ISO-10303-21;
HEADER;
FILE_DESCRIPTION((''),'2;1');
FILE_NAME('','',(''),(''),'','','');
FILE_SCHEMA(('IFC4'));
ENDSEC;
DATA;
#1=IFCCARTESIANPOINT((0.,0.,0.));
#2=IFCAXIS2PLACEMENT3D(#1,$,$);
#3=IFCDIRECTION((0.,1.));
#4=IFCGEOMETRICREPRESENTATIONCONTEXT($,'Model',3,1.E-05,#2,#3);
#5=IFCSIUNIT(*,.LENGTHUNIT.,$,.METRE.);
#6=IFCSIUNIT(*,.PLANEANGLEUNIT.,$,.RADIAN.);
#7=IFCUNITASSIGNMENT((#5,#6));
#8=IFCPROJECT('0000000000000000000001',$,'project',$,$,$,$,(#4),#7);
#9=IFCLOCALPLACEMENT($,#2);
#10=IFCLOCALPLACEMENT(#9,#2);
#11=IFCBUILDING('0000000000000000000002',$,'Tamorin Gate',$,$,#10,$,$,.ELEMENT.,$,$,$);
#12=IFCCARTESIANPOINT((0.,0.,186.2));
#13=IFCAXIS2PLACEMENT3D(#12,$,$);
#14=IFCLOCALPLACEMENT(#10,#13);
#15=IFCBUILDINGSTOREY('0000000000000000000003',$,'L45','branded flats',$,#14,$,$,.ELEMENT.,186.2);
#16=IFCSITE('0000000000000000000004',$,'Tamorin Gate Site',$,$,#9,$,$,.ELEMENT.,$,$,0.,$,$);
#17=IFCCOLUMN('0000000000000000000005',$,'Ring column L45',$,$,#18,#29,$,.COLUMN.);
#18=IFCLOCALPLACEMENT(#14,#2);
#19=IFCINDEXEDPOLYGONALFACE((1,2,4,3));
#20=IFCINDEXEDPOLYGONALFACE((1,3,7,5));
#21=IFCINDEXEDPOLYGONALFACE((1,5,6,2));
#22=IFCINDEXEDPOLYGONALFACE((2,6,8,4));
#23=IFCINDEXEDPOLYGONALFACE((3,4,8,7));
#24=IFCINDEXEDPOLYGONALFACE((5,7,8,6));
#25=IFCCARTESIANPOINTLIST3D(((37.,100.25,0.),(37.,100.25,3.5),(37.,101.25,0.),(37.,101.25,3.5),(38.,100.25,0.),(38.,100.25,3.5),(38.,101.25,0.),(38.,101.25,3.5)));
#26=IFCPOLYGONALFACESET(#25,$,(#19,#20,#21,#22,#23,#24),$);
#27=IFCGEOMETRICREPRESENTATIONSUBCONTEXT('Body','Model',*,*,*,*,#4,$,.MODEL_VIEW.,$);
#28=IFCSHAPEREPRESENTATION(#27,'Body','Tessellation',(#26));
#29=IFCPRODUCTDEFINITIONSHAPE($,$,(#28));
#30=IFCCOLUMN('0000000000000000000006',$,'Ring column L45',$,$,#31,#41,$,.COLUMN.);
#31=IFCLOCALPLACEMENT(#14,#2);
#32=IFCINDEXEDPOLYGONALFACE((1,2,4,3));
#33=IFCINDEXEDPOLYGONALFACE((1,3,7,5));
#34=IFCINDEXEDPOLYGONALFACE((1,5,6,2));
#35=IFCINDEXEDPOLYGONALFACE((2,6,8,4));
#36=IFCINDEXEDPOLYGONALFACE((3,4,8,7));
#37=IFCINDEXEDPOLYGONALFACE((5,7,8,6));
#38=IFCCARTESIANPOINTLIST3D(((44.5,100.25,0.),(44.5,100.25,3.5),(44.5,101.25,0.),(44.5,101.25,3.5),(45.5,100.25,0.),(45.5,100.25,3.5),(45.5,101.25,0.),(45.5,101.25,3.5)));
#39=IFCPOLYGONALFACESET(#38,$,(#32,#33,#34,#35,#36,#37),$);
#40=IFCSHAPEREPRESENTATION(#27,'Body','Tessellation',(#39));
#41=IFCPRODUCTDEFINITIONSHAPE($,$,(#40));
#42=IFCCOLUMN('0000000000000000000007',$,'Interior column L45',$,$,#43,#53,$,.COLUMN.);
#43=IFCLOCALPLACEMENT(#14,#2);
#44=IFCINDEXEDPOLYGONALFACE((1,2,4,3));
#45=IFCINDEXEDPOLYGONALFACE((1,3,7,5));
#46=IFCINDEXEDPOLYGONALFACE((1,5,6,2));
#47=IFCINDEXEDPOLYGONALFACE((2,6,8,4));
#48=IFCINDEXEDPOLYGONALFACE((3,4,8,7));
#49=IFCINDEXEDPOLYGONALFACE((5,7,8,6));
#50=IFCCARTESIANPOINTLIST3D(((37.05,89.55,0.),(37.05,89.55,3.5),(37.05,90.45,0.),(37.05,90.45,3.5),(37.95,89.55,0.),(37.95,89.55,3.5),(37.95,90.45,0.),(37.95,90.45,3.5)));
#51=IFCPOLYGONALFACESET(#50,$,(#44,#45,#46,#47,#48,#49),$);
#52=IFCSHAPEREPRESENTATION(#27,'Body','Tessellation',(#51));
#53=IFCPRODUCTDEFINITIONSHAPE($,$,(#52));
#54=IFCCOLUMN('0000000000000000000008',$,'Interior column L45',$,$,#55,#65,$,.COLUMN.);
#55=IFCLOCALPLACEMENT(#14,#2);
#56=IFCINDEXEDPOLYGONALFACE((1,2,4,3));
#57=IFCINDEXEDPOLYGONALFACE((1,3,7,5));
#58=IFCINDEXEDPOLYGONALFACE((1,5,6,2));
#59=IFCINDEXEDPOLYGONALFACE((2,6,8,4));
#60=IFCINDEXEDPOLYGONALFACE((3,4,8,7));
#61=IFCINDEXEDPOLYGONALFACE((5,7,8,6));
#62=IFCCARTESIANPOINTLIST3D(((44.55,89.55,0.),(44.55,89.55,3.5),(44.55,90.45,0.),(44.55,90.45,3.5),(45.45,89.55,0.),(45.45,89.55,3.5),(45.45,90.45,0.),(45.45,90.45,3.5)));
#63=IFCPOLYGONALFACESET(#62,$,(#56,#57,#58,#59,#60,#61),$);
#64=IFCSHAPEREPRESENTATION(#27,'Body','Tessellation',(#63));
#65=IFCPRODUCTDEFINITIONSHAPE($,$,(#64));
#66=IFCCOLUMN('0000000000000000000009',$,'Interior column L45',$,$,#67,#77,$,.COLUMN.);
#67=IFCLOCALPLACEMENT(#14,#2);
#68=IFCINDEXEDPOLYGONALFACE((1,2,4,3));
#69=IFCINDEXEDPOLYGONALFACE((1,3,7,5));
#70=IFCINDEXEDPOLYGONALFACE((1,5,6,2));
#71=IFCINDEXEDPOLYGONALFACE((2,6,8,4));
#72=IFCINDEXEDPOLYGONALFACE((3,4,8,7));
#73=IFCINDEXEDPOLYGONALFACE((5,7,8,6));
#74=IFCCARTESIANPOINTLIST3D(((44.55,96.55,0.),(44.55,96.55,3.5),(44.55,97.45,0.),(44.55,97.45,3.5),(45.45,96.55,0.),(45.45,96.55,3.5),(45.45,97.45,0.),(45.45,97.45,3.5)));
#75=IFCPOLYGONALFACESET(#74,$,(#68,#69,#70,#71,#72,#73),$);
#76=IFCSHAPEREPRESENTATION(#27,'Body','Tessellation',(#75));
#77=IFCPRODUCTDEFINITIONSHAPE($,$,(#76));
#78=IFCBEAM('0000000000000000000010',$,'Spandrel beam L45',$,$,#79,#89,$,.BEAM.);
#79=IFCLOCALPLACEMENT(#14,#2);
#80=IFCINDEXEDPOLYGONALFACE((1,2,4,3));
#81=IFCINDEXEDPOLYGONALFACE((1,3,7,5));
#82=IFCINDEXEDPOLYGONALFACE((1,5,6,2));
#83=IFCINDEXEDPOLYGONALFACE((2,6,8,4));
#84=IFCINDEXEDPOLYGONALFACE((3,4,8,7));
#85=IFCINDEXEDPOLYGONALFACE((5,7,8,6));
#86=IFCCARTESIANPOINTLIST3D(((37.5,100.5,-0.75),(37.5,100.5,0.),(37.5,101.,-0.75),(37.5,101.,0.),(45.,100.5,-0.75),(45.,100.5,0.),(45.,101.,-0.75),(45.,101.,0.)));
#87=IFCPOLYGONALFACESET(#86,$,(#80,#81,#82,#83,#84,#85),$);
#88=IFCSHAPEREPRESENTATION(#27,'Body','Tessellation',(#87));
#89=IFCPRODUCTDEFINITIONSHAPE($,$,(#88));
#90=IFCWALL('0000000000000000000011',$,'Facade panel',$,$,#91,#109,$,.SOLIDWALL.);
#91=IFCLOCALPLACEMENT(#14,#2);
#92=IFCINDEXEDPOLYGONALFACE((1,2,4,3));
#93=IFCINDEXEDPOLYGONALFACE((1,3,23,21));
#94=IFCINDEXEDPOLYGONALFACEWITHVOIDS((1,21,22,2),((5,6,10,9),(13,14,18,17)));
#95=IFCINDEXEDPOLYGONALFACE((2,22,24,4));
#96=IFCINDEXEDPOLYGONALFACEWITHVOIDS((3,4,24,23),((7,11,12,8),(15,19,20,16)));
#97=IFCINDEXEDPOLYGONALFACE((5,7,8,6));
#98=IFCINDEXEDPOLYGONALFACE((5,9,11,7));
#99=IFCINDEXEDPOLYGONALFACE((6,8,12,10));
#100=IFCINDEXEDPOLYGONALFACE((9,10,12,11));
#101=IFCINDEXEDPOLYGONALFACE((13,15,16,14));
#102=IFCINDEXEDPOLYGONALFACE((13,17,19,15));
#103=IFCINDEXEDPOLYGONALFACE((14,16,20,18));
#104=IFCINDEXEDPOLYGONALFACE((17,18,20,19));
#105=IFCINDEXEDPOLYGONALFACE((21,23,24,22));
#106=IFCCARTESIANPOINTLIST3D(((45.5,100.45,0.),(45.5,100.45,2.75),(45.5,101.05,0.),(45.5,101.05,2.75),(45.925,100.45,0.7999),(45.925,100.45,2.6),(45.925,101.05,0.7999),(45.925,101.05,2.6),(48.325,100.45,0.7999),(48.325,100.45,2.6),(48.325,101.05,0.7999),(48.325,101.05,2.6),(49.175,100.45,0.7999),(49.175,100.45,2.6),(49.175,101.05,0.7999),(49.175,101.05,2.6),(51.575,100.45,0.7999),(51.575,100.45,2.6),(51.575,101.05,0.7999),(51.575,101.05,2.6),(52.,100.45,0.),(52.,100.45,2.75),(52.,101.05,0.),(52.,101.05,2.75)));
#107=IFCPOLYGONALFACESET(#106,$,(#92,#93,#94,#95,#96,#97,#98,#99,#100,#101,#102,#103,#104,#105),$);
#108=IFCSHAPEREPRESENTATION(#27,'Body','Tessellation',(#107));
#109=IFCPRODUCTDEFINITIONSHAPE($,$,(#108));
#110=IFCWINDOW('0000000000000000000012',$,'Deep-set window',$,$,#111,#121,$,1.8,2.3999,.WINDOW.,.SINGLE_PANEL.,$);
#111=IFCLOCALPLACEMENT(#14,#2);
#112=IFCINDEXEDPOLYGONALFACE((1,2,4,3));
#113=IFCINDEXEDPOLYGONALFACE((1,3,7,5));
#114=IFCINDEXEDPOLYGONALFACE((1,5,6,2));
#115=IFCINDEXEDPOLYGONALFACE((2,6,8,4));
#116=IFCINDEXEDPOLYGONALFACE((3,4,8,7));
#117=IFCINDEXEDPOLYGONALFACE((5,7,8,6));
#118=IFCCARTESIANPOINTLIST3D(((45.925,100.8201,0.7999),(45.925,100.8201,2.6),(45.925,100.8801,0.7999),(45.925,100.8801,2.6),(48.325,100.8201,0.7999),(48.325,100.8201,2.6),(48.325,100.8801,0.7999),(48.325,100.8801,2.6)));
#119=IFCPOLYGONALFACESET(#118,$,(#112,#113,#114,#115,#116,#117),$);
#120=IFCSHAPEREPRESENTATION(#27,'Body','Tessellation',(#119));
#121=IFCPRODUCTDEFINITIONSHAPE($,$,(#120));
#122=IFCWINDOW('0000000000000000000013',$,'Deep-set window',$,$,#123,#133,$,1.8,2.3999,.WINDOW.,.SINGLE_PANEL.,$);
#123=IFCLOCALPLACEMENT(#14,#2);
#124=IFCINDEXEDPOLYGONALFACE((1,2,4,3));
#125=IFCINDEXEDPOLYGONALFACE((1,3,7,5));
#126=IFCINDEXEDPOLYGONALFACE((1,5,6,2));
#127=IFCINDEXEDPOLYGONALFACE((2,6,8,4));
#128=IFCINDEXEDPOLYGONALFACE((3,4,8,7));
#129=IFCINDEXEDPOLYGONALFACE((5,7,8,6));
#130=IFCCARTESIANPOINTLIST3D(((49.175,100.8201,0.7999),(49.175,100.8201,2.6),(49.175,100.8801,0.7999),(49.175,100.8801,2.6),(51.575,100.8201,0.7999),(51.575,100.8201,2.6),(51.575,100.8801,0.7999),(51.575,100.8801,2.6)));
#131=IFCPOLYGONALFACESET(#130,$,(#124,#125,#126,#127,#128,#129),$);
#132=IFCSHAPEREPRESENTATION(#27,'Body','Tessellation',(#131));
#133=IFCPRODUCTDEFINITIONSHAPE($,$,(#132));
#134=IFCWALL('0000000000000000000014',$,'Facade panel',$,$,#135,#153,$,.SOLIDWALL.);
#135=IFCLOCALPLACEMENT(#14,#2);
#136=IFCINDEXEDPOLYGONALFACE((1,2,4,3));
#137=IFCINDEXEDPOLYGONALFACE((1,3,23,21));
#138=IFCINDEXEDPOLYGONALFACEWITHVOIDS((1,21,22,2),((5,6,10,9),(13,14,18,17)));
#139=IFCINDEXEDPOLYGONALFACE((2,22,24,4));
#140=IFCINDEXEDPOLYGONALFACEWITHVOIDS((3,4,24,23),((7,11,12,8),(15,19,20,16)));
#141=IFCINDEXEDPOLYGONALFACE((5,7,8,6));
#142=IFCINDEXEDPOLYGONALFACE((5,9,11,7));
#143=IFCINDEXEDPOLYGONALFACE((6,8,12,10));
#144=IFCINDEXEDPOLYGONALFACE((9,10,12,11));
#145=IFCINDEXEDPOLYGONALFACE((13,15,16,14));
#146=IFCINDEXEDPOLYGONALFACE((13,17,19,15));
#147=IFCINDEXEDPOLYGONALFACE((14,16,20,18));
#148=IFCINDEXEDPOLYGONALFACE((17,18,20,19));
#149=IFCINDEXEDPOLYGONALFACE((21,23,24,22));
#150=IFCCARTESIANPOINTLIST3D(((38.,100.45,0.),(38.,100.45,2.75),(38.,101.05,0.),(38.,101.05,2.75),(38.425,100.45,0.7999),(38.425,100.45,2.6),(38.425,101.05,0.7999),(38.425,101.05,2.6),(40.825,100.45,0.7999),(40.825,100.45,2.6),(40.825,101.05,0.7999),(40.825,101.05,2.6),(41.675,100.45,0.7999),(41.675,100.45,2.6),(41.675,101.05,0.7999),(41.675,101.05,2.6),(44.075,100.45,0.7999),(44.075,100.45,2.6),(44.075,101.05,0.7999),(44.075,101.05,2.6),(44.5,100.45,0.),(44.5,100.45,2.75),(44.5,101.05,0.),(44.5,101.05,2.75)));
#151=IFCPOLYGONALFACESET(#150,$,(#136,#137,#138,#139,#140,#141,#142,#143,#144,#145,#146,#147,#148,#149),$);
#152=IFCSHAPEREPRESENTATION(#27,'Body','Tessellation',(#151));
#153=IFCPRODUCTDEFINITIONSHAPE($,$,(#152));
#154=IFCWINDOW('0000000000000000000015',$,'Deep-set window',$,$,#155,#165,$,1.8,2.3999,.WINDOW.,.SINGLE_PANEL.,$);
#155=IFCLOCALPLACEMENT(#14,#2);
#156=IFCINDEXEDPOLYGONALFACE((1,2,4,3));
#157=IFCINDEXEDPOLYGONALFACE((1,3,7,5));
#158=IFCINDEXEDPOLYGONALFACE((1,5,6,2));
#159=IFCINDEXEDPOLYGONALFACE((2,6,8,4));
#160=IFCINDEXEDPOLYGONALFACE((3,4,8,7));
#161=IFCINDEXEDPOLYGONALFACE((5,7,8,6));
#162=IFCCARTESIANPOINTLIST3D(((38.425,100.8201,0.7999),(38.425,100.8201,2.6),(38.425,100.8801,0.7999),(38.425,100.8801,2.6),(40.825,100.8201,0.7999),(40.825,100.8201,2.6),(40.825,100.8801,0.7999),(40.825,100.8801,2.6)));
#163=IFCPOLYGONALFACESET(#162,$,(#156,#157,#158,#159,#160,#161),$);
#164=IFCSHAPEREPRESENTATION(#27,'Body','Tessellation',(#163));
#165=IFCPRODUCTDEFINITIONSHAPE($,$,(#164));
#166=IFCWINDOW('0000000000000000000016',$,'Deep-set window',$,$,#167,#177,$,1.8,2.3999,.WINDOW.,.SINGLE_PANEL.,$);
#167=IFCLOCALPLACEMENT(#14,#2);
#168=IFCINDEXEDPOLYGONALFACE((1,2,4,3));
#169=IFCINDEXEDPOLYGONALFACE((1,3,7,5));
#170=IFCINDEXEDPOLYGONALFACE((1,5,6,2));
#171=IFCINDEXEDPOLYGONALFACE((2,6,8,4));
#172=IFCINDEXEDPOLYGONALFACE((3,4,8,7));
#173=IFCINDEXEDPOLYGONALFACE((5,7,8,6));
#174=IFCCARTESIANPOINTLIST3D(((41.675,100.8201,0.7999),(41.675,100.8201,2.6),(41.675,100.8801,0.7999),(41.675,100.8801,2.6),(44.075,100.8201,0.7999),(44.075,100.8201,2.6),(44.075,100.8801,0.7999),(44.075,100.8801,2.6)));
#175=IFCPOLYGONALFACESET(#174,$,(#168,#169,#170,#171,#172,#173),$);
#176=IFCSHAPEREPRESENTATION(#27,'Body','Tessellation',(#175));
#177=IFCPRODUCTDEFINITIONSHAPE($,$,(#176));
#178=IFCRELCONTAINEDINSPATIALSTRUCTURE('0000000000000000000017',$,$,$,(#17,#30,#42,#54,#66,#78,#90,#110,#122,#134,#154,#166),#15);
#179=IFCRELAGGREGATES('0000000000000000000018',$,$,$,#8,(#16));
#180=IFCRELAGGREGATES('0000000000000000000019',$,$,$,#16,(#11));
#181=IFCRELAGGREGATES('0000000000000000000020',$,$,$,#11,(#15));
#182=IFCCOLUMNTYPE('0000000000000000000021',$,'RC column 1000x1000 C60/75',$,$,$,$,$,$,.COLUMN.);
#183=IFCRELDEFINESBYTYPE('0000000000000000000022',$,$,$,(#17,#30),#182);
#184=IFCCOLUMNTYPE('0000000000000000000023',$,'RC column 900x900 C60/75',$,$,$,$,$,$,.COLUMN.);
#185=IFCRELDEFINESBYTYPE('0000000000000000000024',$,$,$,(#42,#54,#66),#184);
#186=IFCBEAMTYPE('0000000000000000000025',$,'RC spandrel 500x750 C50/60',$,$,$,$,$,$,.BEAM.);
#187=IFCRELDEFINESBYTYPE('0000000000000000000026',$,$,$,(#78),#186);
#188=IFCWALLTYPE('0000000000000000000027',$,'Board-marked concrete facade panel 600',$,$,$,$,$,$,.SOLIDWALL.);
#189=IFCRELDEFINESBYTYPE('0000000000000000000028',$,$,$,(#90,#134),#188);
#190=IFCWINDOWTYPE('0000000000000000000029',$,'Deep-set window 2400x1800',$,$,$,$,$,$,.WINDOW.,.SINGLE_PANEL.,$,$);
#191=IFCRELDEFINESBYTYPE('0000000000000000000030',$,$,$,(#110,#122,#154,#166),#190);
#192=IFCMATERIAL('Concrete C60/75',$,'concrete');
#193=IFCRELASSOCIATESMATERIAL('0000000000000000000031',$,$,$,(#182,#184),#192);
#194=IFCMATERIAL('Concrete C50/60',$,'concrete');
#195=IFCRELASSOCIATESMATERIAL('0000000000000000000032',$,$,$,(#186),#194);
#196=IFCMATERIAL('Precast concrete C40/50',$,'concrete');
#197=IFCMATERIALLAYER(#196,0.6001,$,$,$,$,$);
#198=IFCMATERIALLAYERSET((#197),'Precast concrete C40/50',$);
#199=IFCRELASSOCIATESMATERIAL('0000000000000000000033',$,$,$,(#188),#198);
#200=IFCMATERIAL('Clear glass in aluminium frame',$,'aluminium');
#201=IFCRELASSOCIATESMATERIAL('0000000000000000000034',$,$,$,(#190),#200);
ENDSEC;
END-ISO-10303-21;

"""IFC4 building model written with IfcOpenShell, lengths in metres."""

from ifc_helpers import new_model, si_unit, direction, frame, frame_2d, origin, origin_2d, place, context, subcontext, project, spatial, rectangle, extrude, material, layer, layer_set, material_profile, profile_set, type_object, element, fill, save


model = new_model("IFC4")

# Units and contexts
model_context = context("Model", 3, precision=1e-05, world=origin(), true_north=direction((0.0, 1.0)))
body_context = subcontext(model_context, "Body", "Model", "MODEL_VIEW")
ifc_project = project(units=[si_unit("LENGTHUNIT", "METRE"), si_unit("PLANEANGLEUNIT", "RADIAN")], contexts=[model_context])

# Site, building, storey
site_placement = place(None, origin())
site = spatial("IfcSite", under=ifc_project, at=site_placement, Name="Tamorin Gate Site", CompositionType="ELEMENT", RefElevation=0.0)
building_placement = place(site_placement, origin())
building = spatial("IfcBuilding", under=site, at=building_placement, Name="Tamorin Gate", CompositionType="ELEMENT")
storey_placement = place(building_placement, frame((0.0, 0.0, 186.2)))
storey = spatial("IfcBuildingStorey", under=building, at=storey_placement, Name="L45", Description="branded flats", CompositionType="ELEMENT", Elevation=186.2)

# Columns
ifc_material_1 = material(Name="Concrete C60/75", Category="concrete")
ifc_material_profile_1 = material_profile(ifc_material_1, rectangle(XDim=1.0, YDim=1.0, at=origin_2d()), Name="RC 1000x1000")
ifc_profile_set_1 = profile_set([ifc_material_profile_1], Name="Concrete C60/75")
column_type_1 = type_object("IfcColumnType", Name="RC column 1000x1000 C60/75", PredefinedType="COLUMN", material=ifc_profile_set_1)
for number, where, z_axis, x_axis, name in (
    (1, (37.5, 100.75, 0.0), (0.0, 0.0, 1.0), (1.0, 0.0, 0.0), "Ring column L45"),
    (2, (45.0, 100.75, 0.0), (0.0, 0.0, 1.0), (1.0, 0.0, 0.0), "Ring column L45"),
):
    element("IfcColumn", number, at=place(storey_placement, frame(where, z_axis=z_axis, x_axis=x_axis)), inside=storey, type_object=column_type_1, Name=name, PredefinedType="COLUMN", context=body_context, shape_type="SweptSolid", body=[
        extrude(rectangle(XDim=1.0, YDim=1.0, at=origin_2d()), origin(), (0.0, 0.0, 1.0), 3.5),
    ])
ifc_material_profile_2 = material_profile(ifc_material_1, rectangle(XDim=0.8999, YDim=0.8999, at=origin_2d()), Name="RC 900x900")
ifc_profile_set_2 = profile_set([ifc_material_profile_2], Name="Concrete C60/75")
column_type_2 = type_object("IfcColumnType", Name="RC column 900x900 C60/75", PredefinedType="COLUMN", material=ifc_profile_set_2)
for number, where, z_axis, x_axis, name in (
    (3, (37.5, 90.0, 0.0), (0.0, 0.0, 1.0), (1.0, 0.0, 0.0), "Interior column L45"),
    (4, (45.0, 90.0, 0.0), (0.0, 0.0, 1.0), (1.0, 0.0, 0.0), "Interior column L45"),
    (5, (45.0, 97.0, 0.0), (0.0, 0.0, 1.0), (1.0, 0.0, 0.0), "Interior column L45"),
):
    element("IfcColumn", number, at=place(storey_placement, frame(where, z_axis=z_axis, x_axis=x_axis)), inside=storey, type_object=column_type_2, Name=name, PredefinedType="COLUMN", context=body_context, shape_type="SweptSolid", body=[
        extrude(rectangle(XDim=0.8999, YDim=0.8999, at=origin_2d()), origin(), (0.0, 0.0, 1.0), 3.5),
    ])

# Beam
ifc_material_2 = material(Name="Concrete C50/60", Category="concrete")
ifc_material_profile_3 = material_profile(ifc_material_2, rectangle(XDim=0.5, YDim=0.75, at=origin_2d()), Name="RC 500x750")
ifc_profile_set_3 = profile_set([ifc_material_profile_3], Name="Concrete C50/60")
beam_type = type_object("IfcBeamType", Name="RC spandrel 500x750 C50/60", PredefinedType="BEAM", material=ifc_profile_set_3)
beam_placement = place(storey_placement, frame((45.0, 100.75, -0.375), z_axis=(-1.0, 0.0, 0.0), x_axis=(0.0, -1.0, 0.0)))
element("IfcBeam", 6, at=beam_placement, inside=storey, type_object=beam_type, Name="Spandrel beam L45", PredefinedType="BEAM", context=body_context, shape_type="SweptSolid", body=[
    extrude(rectangle(XDim=0.5, YDim=0.75, at=origin_2d()), origin(), (0.0, 0.0, 1.0), 7.5),
])

# Walls, openings, windows
ifc_material_3 = material(Name="Precast concrete C40/50", Category="concrete")
ifc_layer_1 = layer(ifc_material_3, 0.6001)
ifc_layer_set_1 = layer_set([ifc_layer_1], Name="Precast concrete C40/50")
wall_type_1 = type_object("IfcWallType", Name="Board-marked concrete facade panel 600", PredefinedType="SOLIDWALL", material=ifc_layer_set_1)
wall_1_placement = place(storey_placement, frame((52.0, 100.75, 0.0), z_axis=(0.0, 0.0, 1.0), x_axis=(-1.0, 0.0, 0.0)))
wall_1 = element("IfcWall", 7, at=wall_1_placement, inside=storey, type_object=wall_type_1, Name="Facade panel", PredefinedType="SOLIDWALL", context=body_context, shape_type="SweptSolid", body=[
    extrude(rectangle(XDim=6.5, YDim=0.6001, at=frame_2d((3.25, 0.0))), origin(), (0.0, 0.0, 1.0), 2.75),
])
opening_1_placement = place(wall_1_placement, frame((3.675, 0.0, 0.8)))
opening_1 = element("IfcOpeningElement", 8, at=opening_1_placement, cuts=wall_1, PredefinedType="OPENING", context=body_context, shape_type="SweptSolid", body=[
    extrude(rectangle(XDim=2.3999, YDim=1.8, at=frame_2d((1.2, 0.8999))), frame((0.0, 0.3101, 0.0), z_axis=(0.0, -1.0, 0.0), x_axis=(1.0, 0.0, 0.0)), (0.0, 0.0, 1.0), 0.6201),
])
opening_2_placement = place(wall_1_placement, frame((0.425, 0.0, 0.8)))
opening_2 = element("IfcOpeningElement", 9, at=opening_2_placement, cuts=wall_1, PredefinedType="OPENING", context=body_context, shape_type="SweptSolid", body=[
    extrude(rectangle(XDim=2.3999, YDim=1.8, at=frame_2d((1.2, 0.8999))), frame((0.0, 0.3101, 0.0), z_axis=(0.0, -1.0, 0.0), x_axis=(1.0, 0.0, 0.0)), (0.0, 0.0, 1.0), 0.6201),
])
ifc_material_4 = material(Name="Clear glass in aluminium frame", Category="aluminium")
window_type = type_object("IfcWindowType", Name="Deep-set window 2400x1800", PartitioningType="SINGLE_PANEL", PredefinedType="WINDOW", material=ifc_material_4)
window_1_placement = place(opening_1_placement, origin())
window_1 = element("IfcWindow", 10, at=window_1_placement, inside=storey, type_object=window_type, Name="Deep-set window", OverallHeight=1.8, OverallWidth=2.3999, PartitioningType="SINGLE_PANEL", PredefinedType="WINDOW", context=body_context, shape_type="SweptSolid", body=[
    extrude(rectangle(XDim=2.3999, YDim=1.8, at=frame_2d((1.2, 0.8999))), frame((0.0, -0.0701, 0.0), z_axis=(0.0, -1.0, 0.0), x_axis=(1.0, 0.0, 0.0)), (0.0, 0.0, 1.0), 0.0601),
])
fill(opening_1, window_1)
window_2_placement = place(opening_2_placement, origin())
window_2 = element("IfcWindow", 11, at=window_2_placement, inside=storey, type_object=window_type, Name="Deep-set window", OverallHeight=1.8, OverallWidth=2.3999, PartitioningType="SINGLE_PANEL", PredefinedType="WINDOW", context=body_context, shape_type="SweptSolid", body=[
    extrude(rectangle(XDim=2.3999, YDim=1.8, at=frame_2d((1.2, 0.8999))), frame((0.0, -0.0701, 0.0), z_axis=(0.0, -1.0, 0.0), x_axis=(1.0, 0.0, 0.0)), (0.0, 0.0, 1.0), 0.0601),
])
fill(opening_2, window_2)
wall_2_placement = place(storey_placement, frame((44.5, 100.75, 0.0), z_axis=(0.0, 0.0, 1.0), x_axis=(-1.0, 0.0, 0.0)))
wall_2 = element("IfcWall", 12, at=wall_2_placement, inside=storey, type_object=wall_type_1, Name="Facade panel", PredefinedType="SOLIDWALL", context=body_context, shape_type="SweptSolid", body=[
    extrude(rectangle(XDim=6.5, YDim=0.6001, at=frame_2d((3.25, 0.0))), origin(), (0.0, 0.0, 1.0), 2.75),
])
opening_3_placement = place(wall_2_placement, frame((3.675, 0.0, 0.8)))
opening_3 = element("IfcOpeningElement", 13, at=opening_3_placement, cuts=wall_2, PredefinedType="OPENING", context=body_context, shape_type="SweptSolid", body=[
    extrude(rectangle(XDim=2.3999, YDim=1.8, at=frame_2d((1.2, 0.8999))), frame((0.0, 0.3101, 0.0), z_axis=(0.0, -1.0, 0.0), x_axis=(1.0, 0.0, 0.0)), (0.0, 0.0, 1.0), 0.6201),
])
opening_4_placement = place(wall_2_placement, frame((0.425, 0.0, 0.8)))
opening_4 = element("IfcOpeningElement", 14, at=opening_4_placement, cuts=wall_2, PredefinedType="OPENING", context=body_context, shape_type="SweptSolid", body=[
    extrude(rectangle(XDim=2.3999, YDim=1.8, at=frame_2d((1.2, 0.8999))), frame((0.0, 0.3101, 0.0), z_axis=(0.0, -1.0, 0.0), x_axis=(1.0, 0.0, 0.0)), (0.0, 0.0, 1.0), 0.6201),
])
window_3_placement = place(opening_3_placement, origin())
window_3 = element("IfcWindow", 15, at=window_3_placement, inside=storey, type_object=window_type, Name="Deep-set window", OverallHeight=1.8, OverallWidth=2.3999, PartitioningType="SINGLE_PANEL", PredefinedType="WINDOW", context=body_context, shape_type="SweptSolid", body=[
    extrude(rectangle(XDim=2.3999, YDim=1.8, at=frame_2d((1.2, 0.8999))), frame((0.0, -0.0701, 0.0), z_axis=(0.0, -1.0, 0.0), x_axis=(1.0, 0.0, 0.0)), (0.0, 0.0, 1.0), 0.0601),
])
fill(opening_3, window_3)
window_4_placement = place(opening_4_placement, origin())
window_4 = element("IfcWindow", 16, at=window_4_placement, inside=storey, type_object=window_type, Name="Deep-set window", OverallHeight=1.8, OverallWidth=2.3999, PartitioningType="SINGLE_PANEL", PredefinedType="WINDOW", context=body_context, shape_type="SweptSolid", body=[
    extrude(rectangle(XDim=2.3999, YDim=1.8, at=frame_2d((1.2, 0.8999))), frame((0.0, -0.0701, 0.0), z_axis=(0.0, -1.0, 0.0), x_axis=(1.0, 0.0, 0.0)), (0.0, 0.0, 1.0), 0.0601),
])
fill(opening_4, window_4)

save(model, "model.ifc")
